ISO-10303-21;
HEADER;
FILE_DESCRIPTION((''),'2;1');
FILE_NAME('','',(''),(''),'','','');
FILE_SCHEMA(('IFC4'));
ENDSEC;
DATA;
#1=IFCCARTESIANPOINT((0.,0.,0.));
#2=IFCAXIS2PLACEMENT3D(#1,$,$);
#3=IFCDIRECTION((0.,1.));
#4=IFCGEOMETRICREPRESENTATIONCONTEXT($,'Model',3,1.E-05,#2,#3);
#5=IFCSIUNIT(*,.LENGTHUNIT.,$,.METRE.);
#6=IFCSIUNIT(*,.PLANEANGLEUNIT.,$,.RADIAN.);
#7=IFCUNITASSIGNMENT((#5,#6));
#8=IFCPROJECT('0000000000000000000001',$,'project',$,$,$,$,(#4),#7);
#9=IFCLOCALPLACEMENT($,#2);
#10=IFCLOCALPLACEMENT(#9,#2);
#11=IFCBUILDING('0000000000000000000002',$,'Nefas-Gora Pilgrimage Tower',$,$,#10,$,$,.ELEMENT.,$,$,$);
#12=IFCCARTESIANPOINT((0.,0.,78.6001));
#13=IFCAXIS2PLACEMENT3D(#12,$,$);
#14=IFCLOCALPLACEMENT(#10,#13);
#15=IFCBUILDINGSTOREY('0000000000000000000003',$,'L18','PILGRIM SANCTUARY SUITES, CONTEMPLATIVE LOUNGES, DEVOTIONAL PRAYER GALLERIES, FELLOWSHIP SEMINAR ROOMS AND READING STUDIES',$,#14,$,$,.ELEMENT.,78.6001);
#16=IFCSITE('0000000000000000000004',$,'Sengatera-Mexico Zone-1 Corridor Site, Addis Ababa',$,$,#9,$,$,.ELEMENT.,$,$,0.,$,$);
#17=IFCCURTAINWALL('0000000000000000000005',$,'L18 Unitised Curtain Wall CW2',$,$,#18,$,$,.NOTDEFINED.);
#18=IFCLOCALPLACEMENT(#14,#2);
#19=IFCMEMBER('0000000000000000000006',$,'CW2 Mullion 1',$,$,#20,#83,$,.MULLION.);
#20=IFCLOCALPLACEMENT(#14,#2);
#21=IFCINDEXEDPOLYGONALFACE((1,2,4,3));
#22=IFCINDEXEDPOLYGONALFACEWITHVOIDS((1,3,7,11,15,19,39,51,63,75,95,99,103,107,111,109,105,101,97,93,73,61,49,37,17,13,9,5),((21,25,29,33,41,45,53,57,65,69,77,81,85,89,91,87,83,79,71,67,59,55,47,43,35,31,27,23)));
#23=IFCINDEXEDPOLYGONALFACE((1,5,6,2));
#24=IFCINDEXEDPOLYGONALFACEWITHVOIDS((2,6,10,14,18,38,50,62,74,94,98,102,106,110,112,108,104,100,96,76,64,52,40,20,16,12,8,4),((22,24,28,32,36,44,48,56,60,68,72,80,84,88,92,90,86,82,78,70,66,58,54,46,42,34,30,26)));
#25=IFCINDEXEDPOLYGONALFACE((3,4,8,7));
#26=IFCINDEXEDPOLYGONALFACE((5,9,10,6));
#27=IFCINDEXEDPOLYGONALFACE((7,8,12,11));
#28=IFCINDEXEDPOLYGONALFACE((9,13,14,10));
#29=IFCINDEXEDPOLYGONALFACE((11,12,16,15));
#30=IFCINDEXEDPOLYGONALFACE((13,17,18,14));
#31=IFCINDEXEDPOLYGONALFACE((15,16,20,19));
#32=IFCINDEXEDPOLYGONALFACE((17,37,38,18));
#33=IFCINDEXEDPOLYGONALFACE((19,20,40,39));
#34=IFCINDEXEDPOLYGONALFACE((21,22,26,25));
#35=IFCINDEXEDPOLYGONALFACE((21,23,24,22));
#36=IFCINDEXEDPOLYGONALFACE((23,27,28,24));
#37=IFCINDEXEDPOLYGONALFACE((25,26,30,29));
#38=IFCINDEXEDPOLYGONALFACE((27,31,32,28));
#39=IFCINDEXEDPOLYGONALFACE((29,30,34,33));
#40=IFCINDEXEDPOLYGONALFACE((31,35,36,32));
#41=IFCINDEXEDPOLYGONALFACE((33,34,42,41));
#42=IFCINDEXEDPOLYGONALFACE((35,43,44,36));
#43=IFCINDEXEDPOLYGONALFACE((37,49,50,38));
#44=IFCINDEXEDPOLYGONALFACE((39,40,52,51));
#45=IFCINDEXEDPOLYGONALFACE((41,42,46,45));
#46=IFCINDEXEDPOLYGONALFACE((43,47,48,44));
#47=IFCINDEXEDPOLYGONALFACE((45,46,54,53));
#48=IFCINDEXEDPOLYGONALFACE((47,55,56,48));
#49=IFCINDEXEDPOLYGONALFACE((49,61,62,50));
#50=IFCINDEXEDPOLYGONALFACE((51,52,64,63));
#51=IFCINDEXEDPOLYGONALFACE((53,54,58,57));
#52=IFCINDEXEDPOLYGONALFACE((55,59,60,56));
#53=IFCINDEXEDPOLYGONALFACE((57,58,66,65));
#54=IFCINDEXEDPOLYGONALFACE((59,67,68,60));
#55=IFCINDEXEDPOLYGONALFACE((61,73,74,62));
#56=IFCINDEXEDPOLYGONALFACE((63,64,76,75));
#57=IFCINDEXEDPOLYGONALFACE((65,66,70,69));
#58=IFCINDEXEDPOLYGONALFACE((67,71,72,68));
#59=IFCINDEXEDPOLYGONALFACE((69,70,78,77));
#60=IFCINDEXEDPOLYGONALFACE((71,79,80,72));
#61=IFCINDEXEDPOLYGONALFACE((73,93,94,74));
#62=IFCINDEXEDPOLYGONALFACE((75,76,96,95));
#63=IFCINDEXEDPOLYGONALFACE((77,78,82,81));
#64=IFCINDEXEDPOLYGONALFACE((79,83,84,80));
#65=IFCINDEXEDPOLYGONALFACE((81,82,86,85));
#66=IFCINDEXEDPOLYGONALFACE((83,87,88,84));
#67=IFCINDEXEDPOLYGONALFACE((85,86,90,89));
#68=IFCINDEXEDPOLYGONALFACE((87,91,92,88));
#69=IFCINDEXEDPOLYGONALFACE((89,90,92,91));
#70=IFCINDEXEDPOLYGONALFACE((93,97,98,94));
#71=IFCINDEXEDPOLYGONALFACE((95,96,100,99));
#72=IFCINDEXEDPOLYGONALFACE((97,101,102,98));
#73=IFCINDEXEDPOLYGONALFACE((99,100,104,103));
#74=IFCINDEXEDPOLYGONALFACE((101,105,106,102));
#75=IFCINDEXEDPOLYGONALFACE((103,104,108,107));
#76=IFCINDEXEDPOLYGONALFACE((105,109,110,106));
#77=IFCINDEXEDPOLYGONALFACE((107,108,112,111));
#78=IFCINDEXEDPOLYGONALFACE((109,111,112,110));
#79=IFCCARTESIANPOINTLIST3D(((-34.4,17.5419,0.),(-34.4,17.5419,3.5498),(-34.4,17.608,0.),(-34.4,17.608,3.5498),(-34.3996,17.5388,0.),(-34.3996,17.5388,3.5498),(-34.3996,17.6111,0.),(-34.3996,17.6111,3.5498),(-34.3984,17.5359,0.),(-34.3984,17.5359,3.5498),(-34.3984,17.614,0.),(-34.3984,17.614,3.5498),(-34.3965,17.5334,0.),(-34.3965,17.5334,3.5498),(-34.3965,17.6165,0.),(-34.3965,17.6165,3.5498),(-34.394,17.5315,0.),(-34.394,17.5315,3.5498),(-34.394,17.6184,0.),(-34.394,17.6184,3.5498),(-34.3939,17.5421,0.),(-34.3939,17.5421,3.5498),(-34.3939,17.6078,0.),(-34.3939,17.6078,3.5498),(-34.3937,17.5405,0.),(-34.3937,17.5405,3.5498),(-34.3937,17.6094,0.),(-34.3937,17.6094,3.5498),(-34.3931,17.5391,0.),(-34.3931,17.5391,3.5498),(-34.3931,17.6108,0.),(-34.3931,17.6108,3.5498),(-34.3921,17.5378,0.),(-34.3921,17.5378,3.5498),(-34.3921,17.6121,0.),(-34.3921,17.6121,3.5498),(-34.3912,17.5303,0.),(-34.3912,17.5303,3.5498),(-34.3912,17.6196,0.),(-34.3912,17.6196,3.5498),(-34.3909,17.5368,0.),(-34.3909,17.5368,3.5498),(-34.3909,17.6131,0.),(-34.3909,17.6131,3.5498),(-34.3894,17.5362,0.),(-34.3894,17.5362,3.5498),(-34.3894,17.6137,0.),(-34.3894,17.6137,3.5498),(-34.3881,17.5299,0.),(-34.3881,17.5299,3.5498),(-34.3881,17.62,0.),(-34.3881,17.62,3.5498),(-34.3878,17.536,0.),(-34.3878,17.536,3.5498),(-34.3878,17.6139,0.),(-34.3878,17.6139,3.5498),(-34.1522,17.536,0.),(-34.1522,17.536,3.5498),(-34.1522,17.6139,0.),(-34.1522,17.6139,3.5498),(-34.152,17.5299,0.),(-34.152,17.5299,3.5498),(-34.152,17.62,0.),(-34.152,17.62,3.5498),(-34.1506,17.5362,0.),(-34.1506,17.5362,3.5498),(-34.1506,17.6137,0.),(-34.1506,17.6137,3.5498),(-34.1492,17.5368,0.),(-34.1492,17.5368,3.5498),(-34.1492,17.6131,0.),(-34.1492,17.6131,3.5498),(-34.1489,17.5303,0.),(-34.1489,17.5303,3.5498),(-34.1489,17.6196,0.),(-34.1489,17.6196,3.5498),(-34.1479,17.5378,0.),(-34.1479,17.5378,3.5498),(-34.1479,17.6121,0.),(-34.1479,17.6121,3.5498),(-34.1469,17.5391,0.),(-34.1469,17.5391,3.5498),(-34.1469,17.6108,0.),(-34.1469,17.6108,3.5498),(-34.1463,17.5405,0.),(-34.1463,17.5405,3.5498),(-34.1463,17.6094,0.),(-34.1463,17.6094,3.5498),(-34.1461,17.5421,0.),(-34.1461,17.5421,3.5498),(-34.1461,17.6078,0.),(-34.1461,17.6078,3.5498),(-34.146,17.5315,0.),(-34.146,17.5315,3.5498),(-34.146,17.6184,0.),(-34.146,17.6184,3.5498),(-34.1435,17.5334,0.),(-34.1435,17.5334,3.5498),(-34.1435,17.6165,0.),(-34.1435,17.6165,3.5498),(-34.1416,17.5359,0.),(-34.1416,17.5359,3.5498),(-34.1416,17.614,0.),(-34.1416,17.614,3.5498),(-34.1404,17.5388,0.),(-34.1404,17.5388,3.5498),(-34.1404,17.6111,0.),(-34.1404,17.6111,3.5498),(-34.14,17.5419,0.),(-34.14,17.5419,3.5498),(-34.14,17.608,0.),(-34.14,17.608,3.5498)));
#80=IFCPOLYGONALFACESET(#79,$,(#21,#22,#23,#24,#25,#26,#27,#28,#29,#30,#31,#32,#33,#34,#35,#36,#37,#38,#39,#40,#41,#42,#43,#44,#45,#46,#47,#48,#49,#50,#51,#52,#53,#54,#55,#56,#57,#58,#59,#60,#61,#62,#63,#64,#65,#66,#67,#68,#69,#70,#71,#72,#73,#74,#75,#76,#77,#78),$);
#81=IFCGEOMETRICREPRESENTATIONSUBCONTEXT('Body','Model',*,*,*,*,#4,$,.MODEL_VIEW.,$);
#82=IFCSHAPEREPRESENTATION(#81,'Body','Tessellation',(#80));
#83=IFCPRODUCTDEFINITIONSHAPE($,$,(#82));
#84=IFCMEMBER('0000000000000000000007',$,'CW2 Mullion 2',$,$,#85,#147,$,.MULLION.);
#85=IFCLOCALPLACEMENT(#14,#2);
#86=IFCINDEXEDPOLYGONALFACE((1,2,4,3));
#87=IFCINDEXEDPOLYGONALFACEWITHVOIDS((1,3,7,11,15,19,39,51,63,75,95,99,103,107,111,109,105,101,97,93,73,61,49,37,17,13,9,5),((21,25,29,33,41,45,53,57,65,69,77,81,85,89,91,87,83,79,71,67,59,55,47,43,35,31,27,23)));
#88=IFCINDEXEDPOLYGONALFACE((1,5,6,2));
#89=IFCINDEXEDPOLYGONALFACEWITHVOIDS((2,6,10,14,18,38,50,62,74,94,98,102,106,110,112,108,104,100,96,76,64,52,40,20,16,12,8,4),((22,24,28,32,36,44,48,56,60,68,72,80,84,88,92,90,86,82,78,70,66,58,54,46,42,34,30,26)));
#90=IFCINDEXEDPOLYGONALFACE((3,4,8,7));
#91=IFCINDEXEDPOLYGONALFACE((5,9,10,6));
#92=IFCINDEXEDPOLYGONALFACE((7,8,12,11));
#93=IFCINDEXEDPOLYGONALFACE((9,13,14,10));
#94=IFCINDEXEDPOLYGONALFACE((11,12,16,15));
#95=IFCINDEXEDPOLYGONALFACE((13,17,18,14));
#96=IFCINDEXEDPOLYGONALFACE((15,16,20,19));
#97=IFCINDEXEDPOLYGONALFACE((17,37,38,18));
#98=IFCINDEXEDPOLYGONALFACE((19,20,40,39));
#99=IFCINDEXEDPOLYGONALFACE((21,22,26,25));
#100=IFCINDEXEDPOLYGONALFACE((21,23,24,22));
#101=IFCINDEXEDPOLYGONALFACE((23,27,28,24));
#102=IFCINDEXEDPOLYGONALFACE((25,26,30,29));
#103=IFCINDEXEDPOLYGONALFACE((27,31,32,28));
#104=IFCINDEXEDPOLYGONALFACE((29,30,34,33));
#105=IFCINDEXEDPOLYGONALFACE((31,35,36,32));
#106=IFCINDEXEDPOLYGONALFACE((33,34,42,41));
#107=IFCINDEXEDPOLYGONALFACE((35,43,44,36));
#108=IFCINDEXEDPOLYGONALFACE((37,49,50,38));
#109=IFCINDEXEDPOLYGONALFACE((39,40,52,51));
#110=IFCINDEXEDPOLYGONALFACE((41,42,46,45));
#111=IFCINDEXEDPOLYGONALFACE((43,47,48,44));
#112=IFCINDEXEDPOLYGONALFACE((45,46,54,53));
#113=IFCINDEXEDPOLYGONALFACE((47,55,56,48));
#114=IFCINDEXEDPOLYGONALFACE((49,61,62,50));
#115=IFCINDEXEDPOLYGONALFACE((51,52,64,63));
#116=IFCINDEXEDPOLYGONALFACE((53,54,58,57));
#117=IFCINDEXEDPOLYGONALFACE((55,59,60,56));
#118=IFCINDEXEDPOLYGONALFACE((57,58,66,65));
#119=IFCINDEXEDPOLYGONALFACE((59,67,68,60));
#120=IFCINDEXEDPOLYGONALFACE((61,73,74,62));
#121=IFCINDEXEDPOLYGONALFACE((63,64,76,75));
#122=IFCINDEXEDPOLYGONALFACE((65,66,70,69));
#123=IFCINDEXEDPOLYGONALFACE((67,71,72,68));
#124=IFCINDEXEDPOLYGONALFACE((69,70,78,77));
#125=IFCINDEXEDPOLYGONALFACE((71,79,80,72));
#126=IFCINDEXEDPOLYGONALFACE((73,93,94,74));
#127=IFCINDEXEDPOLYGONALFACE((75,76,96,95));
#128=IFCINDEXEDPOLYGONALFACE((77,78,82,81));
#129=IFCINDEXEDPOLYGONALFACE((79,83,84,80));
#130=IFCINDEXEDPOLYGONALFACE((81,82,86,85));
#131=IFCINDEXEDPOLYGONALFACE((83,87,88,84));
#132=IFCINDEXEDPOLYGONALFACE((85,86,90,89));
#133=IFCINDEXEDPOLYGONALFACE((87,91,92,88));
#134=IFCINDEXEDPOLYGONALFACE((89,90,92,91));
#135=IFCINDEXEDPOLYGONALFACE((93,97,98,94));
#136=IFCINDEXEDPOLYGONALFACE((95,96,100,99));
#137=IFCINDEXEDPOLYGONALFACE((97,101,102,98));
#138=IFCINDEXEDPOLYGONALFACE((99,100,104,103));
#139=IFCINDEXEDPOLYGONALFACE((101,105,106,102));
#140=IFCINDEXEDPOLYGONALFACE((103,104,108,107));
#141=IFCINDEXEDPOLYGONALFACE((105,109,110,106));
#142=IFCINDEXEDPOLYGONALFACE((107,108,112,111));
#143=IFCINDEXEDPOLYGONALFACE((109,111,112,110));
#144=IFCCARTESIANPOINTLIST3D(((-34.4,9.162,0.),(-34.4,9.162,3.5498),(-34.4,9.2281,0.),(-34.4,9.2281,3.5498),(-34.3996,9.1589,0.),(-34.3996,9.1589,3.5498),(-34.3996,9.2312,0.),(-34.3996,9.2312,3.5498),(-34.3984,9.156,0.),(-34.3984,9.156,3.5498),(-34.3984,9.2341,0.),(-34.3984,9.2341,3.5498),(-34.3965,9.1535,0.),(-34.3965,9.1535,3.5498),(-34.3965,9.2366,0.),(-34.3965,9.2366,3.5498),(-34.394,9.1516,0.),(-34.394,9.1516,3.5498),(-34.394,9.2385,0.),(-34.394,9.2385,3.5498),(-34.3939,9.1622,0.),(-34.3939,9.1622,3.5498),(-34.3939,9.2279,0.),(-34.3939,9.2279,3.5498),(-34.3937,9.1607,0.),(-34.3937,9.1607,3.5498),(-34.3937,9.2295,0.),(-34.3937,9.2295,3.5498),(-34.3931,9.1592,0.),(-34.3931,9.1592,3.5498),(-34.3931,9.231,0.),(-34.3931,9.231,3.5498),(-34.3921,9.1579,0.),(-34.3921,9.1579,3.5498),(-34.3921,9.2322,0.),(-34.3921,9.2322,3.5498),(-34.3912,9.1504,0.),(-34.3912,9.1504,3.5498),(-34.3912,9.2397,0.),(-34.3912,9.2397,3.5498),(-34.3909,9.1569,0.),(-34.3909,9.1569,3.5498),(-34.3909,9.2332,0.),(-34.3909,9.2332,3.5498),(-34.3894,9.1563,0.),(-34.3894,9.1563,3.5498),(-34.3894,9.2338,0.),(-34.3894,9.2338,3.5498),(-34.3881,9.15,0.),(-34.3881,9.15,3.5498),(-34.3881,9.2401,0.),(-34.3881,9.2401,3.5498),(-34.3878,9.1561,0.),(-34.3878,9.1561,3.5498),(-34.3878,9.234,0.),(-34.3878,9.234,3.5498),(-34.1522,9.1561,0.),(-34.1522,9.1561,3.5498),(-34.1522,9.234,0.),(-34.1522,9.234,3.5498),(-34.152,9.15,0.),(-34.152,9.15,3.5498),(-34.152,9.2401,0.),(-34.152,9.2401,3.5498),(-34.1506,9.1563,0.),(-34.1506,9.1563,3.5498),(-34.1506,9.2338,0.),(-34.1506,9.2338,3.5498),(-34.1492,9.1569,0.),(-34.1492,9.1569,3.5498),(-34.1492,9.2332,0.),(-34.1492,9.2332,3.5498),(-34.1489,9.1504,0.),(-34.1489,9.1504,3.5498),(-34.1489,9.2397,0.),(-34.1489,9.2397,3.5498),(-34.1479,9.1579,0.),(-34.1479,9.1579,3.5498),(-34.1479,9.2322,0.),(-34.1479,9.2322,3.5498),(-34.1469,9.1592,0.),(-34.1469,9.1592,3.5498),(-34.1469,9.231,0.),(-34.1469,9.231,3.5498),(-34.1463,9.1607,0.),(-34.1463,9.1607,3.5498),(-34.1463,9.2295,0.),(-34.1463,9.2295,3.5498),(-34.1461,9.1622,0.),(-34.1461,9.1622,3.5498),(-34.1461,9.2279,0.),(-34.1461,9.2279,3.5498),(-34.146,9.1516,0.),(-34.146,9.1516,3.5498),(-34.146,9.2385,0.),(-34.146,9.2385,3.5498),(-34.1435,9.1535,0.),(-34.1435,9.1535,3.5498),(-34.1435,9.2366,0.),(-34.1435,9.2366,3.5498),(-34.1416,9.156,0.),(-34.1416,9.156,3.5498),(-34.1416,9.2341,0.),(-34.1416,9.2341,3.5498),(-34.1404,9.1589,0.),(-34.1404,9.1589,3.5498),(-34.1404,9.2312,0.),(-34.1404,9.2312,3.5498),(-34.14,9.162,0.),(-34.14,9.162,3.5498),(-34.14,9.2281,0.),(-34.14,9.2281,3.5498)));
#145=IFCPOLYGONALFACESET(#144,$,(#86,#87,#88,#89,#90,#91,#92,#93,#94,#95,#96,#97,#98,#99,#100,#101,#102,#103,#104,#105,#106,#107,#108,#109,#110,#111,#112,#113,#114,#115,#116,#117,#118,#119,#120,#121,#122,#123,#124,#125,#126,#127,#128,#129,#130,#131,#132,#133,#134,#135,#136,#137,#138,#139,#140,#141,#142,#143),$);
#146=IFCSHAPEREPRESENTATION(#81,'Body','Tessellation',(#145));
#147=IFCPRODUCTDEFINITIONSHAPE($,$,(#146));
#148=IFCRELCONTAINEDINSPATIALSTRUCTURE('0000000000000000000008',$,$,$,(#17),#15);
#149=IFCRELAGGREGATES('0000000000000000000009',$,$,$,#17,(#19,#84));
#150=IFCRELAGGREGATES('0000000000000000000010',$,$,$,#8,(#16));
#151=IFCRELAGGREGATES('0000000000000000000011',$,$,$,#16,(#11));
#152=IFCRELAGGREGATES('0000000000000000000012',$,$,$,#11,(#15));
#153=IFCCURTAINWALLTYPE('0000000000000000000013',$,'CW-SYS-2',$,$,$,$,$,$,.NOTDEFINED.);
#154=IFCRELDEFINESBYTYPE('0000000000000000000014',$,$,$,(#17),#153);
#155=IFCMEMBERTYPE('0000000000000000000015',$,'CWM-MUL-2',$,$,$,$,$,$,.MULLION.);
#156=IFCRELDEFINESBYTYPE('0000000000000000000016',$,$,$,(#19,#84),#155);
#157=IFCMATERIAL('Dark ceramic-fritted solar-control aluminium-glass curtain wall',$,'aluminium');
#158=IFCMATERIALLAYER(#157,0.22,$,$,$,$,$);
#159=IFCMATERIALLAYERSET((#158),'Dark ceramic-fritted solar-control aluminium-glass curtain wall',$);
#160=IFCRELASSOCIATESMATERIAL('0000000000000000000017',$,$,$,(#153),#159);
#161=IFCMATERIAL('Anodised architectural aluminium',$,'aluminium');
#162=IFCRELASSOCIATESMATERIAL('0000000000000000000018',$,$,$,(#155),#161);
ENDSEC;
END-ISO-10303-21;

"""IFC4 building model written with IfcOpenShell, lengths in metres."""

from ifc_helpers import new_model, si_unit, direction, frame, origin, origin_2d, place, context, subcontext, project, spatial, hollow_rectangle, extrude, source, transform, mapped, material, layer, layer_set, material_profile, profile_set, type_object, element, aggregate, save


model = new_model("IFC4")

# Units and contexts
model_context = context("Model", 3, precision=1e-05, world=origin(), true_north=direction((0.0, 1.0)))
body_context = subcontext(model_context, "Body", "Model", "MODEL_VIEW")
ifc_project = project(units=[si_unit("LENGTHUNIT", "METRE"), si_unit("PLANEANGLEUNIT", "RADIAN")], contexts=[model_context])

# Site, building, storey
site_placement = place(None, origin())
site = spatial("IfcSite", under=ifc_project, at=site_placement, Name="Sengatera-Mexico Zone-1 Corridor Site, Addis Ababa", CompositionType="ELEMENT", RefElevation=0.0)
building_placement = place(site_placement, origin())
building = spatial("IfcBuilding", under=site, at=building_placement, Name="Nefas-Gora Pilgrimage Tower", CompositionType="ELEMENT")
storey_placement = place(building_placement, frame((0.0, 0.0, 78.6001)))
storey = spatial("IfcBuildingStorey", under=building, at=storey_placement, Name="L18", Description="PILGRIM SANCTUARY SUITES, CONTEMPLATIVE LOUNGES, DEVOTIONAL PRAYER GALLERIES, FELLOWSHIP SEMINAR ROOMS AND READING STUDIES", CompositionType="ELEMENT", Elevation=78.6001)

# Curtain wall
ifc_material_1 = material(Name="Dark ceramic-fritted solar-control aluminium-glass curtain wall", Category="aluminium")
ifc_layer_1 = layer(ifc_material_1, 0.22)
ifc_layer_set_1 = layer_set([ifc_layer_1], Name="Dark ceramic-fritted solar-control aluminium-glass curtain wall")
curtain_wall_type = type_object("IfcCurtainWallType", Name="CW-SYS-2", PredefinedType="NOTDEFINED", material=ifc_layer_set_1)
curtain_wall_1_placement = place(storey_placement, origin())
curtain_wall_1 = element("IfcCurtainWall", 1, at=curtain_wall_1_placement, inside=storey, type_object=curtain_wall_type, Name="L18 Unitised Curtain Wall CW2", PredefinedType="NOTDEFINED")
ifc_material_2 = material(Name="Anodised architectural aluminium", Category="aluminium")
ifc_material_profile_1 = material_profile(ifc_material_2, hollow_rectangle(XDim=0.0901, YDim=0.26, WallThickness=0.0061, InnerFilletRadius=0.0061, OuterFilletRadius=0.012, at=origin_2d()), Name="ALU MULLION 90x260")
ifc_profile_set_1 = profile_set([ifc_material_profile_1], Name="Anodised architectural aluminium")
member_type_1 = type_object("IfcMemberType", Name="CWM-MUL-2", PredefinedType="MULLION", material=ifc_profile_set_1)
shared_shape_1 = source(origin(), body_context, "Body", "SweptSolid", [
    extrude(hollow_rectangle(XDim=0.0901, YDim=0.26, WallThickness=0.0061, InnerFilletRadius=0.0061, OuterFilletRadius=0.012, at=origin_2d()), origin(), (0.0, 0.0, 1.0), 3.5498),
])

# Members
member_1_placement = place(storey_placement, frame((-34.27, 17.575, 0.0), z_axis=(0.0, 0.0, 1.0), x_axis=(0.0, -1.0, 0.0)))
member_1 = element("IfcMember", 2, at=member_1_placement, type_object=member_type_1, Name="CW2 Mullion 1", PredefinedType="MULLION", context=body_context, shape_type="MappedRepresentation", body=[
    mapped(shared_shape_1, transform((0.0, 0.0, 0.0), x_axis=(1.0, 0.0, 0.0), y_axis=(0.0, 1.0, 0.0), z_axis=(0.0, 0.0, 1.0), scale=1.0)),
])
member_2_placement = place(storey_placement, frame((-34.27, 9.1951, 0.0), z_axis=(0.0, 0.0, 1.0), x_axis=(0.0, -1.0, 0.0)))
member_2 = element("IfcMember", 3, at=member_2_placement, type_object=member_type_1, Name="CW2 Mullion 2", PredefinedType="MULLION", context=body_context, shape_type="MappedRepresentation", body=[
    mapped(shared_shape_1, transform((0.0, 0.0, 0.0), x_axis=(1.0, 0.0, 0.0), y_axis=(0.0, 1.0, 0.0), z_axis=(0.0, 0.0, 1.0), scale=1.0)),
])

aggregate(curtain_wall_1, [member_1, member_2])

save(model, "model.ifc")
